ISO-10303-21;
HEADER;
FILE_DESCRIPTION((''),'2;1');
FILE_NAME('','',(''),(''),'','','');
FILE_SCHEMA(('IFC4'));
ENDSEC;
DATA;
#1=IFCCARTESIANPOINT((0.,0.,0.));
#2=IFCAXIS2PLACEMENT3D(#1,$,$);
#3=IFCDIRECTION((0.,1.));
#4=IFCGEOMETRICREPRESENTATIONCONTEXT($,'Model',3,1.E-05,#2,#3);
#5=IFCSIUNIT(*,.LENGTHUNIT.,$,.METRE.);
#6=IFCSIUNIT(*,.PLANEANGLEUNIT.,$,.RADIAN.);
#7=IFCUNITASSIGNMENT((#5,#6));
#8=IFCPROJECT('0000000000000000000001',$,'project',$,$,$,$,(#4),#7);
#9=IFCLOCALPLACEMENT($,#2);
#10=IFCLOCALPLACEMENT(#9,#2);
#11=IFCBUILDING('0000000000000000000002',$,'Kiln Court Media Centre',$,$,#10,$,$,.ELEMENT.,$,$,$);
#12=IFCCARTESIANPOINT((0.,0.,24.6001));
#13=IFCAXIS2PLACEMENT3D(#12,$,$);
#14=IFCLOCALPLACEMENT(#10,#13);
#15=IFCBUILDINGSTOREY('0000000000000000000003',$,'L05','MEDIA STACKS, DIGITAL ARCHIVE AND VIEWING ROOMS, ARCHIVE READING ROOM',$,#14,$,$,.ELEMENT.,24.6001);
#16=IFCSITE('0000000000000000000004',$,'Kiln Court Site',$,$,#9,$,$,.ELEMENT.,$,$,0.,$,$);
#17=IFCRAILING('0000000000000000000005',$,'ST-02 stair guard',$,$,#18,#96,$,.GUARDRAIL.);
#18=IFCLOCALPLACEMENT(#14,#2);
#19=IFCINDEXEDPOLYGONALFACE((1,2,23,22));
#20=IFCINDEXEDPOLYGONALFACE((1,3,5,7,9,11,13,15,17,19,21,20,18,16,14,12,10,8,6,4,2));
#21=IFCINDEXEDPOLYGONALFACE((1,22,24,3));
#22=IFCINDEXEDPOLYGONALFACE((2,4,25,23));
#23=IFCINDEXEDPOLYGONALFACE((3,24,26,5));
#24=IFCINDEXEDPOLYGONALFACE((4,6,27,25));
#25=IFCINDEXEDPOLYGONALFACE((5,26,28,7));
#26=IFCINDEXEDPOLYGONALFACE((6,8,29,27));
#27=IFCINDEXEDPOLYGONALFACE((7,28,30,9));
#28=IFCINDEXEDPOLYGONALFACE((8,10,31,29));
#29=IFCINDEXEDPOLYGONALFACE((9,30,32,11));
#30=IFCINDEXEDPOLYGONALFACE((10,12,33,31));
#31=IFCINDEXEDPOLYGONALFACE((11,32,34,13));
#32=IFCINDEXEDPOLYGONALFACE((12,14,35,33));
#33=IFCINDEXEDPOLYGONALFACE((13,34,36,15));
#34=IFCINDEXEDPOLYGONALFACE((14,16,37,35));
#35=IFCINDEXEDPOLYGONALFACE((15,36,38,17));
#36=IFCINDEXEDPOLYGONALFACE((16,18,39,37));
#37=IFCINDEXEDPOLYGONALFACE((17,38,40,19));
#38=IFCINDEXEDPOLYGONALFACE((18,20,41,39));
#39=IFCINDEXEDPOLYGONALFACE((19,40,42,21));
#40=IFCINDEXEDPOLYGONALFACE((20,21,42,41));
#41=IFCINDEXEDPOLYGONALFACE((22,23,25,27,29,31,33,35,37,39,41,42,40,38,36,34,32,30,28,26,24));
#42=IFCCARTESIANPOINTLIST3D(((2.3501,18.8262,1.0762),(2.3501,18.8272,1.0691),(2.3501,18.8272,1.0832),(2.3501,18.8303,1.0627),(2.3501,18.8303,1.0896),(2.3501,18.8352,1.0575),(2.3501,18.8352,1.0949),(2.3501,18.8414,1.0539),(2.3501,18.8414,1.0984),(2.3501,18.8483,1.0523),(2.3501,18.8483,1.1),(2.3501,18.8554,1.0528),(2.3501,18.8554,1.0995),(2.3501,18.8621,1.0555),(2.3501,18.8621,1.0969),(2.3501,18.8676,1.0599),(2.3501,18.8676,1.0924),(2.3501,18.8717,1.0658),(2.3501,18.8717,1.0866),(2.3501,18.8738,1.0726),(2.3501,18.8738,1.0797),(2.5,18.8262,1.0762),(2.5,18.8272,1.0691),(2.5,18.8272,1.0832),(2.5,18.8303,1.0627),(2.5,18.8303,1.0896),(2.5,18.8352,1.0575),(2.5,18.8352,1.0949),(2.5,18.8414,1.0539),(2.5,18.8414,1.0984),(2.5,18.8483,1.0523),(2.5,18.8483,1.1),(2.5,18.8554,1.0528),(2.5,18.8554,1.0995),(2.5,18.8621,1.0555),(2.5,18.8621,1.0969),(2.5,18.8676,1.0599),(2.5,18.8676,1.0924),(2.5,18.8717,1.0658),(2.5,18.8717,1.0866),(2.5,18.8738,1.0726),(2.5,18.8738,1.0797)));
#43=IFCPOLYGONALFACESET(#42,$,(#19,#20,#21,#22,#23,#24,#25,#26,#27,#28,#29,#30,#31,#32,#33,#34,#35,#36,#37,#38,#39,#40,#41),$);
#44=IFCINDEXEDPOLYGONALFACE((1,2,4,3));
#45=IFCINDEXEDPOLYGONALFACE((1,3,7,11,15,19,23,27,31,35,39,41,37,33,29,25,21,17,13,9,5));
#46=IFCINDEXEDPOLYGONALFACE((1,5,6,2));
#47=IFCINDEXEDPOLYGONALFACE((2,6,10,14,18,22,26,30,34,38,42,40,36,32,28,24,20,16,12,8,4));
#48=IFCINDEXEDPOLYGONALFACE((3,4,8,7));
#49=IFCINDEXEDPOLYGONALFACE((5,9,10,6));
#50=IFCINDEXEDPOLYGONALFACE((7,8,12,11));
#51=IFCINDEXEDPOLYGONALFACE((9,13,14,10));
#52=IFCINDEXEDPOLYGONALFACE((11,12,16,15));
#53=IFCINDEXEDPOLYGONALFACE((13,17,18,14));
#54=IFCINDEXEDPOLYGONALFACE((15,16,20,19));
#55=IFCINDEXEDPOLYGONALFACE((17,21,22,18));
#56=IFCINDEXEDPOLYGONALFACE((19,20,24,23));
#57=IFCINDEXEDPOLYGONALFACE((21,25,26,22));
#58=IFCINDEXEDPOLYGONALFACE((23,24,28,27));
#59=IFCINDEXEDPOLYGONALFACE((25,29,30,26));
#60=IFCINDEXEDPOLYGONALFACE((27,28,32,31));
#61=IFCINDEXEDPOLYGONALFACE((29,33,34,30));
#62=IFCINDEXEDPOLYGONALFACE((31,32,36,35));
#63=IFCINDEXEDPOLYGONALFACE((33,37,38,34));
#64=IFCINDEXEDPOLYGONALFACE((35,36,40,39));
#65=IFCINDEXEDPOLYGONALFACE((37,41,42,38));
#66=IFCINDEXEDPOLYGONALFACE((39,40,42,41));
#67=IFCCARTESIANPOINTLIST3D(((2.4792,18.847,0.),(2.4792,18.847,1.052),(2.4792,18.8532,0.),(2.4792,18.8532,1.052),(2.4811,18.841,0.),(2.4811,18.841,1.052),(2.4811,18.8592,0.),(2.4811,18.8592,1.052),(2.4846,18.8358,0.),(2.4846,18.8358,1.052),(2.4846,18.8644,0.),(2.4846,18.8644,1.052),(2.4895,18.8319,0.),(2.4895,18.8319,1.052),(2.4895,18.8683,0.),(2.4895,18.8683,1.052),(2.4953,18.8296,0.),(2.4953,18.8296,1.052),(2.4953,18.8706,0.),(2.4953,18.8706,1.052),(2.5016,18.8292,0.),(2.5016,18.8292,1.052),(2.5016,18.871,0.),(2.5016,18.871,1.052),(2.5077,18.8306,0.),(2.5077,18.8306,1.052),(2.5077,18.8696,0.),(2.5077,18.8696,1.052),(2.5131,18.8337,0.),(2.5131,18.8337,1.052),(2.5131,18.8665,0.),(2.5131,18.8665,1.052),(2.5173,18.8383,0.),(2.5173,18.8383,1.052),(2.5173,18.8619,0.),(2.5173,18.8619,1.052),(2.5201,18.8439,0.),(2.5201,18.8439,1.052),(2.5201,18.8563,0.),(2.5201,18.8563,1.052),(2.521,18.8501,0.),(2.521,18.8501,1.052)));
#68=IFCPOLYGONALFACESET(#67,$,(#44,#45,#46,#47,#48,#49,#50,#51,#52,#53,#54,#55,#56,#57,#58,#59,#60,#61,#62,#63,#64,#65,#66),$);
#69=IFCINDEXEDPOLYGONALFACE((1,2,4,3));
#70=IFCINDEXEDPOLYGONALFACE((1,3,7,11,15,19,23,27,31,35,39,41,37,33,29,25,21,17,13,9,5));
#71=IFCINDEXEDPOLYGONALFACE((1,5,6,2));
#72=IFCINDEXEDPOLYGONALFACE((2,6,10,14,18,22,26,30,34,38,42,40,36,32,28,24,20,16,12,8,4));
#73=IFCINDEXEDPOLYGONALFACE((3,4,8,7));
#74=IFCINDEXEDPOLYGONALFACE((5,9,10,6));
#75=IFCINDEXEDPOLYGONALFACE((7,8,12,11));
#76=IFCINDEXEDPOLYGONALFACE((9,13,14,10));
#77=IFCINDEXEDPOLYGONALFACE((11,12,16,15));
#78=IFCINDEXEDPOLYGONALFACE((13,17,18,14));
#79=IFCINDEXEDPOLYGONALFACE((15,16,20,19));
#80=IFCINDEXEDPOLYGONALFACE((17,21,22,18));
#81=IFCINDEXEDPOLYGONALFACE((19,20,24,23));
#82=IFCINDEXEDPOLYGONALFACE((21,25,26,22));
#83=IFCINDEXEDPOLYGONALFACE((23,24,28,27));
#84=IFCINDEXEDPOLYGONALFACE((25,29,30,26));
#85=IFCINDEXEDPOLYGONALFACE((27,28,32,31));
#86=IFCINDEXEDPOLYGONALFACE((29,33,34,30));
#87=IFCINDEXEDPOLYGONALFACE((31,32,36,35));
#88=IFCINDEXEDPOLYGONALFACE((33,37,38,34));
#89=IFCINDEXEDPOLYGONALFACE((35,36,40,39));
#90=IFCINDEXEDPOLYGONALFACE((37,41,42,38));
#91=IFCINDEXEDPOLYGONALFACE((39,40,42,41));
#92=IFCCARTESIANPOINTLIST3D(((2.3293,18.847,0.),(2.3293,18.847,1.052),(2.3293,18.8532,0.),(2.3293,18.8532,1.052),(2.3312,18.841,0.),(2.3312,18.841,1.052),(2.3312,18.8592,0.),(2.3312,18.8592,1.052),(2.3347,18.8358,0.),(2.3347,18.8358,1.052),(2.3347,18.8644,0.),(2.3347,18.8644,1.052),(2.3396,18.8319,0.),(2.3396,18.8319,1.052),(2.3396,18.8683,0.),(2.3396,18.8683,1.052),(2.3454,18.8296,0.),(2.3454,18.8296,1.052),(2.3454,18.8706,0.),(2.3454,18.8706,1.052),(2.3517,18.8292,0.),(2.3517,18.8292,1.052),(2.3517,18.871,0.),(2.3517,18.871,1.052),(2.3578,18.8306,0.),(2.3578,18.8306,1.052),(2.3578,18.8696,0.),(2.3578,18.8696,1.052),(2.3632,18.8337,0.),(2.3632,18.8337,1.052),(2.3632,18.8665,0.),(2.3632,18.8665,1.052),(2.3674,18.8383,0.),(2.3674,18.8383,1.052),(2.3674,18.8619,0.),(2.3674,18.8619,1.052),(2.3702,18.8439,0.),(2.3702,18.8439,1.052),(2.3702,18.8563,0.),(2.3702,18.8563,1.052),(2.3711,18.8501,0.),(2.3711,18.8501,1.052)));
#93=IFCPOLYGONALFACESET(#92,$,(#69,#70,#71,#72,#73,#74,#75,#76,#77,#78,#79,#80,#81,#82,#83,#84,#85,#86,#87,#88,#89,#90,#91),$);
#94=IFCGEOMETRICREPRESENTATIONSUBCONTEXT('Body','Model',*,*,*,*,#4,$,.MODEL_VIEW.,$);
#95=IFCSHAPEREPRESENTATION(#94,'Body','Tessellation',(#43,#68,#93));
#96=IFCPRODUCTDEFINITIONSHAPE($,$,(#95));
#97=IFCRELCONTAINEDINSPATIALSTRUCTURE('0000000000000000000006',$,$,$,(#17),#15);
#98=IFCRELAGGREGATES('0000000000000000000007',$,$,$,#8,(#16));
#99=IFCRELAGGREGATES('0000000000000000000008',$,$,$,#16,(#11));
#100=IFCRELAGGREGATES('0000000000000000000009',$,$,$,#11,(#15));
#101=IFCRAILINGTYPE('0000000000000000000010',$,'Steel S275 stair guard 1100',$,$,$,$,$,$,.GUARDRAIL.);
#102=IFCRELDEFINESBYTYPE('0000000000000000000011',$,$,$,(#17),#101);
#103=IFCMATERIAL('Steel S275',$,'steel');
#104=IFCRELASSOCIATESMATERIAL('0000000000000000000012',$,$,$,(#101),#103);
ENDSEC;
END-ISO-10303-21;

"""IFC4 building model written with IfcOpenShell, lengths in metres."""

from ifc_helpers import new_model, si_unit, direction, frame, origin, origin_2d, place, context, subcontext, project, spatial, circle, extrude, material, type_object, element, save


model = new_model("IFC4")

# Units and contexts
model_context = context("Model", 3, precision=1e-05, world=origin(), true_north=direction((0.0, 1.0)))
body_context = subcontext(model_context, "Body", "Model", "MODEL_VIEW")
ifc_project = project(units=[si_unit("LENGTHUNIT", "METRE"), si_unit("PLANEANGLEUNIT", "RADIAN")], contexts=[model_context])

# Site, building, storey
site_placement = place(None, origin())
site = spatial("IfcSite", under=ifc_project, at=site_placement, Name="Kiln Court Site", CompositionType="ELEMENT", RefElevation=0.0)
building_placement = place(site_placement, origin())
building = spatial("IfcBuilding", under=site, at=building_placement, Name="Kiln Court Media Centre", CompositionType="ELEMENT")
storey_placement = place(building_placement, frame((0.0, 0.0, 24.6001)))
storey = spatial("IfcBuildingStorey", under=building, at=storey_placement, Name="L05", Description="MEDIA STACKS, DIGITAL ARCHIVE AND VIEWING ROOMS, ARCHIVE READING ROOM", CompositionType="ELEMENT", Elevation=24.6001)

# Railing
ifc_material_1 = material(Name="Steel S275", Category="steel")
railing_type = type_object("IfcRailingType", Name="Steel S275 stair guard 1100", PredefinedType="GUARDRAIL", material=ifc_material_1)
railing_placement = place(storey_placement, frame((2.5, 18.8501, 0.0)))
element("IfcRailing", 1, at=railing_placement, inside=storey, type_object=railing_type, Name="ST-02 stair guard", PredefinedType="GUARDRAIL", context=body_context, shape_type="SweptSolid", body=[
    extrude(circle(Radius=0.0239, at=origin_2d()), frame((0.0, 0.0, 1.0762), z_axis=(-1.0, 0.0, 0.0), x_axis=(0.0, -1.0, 0.0)), (0.0, 0.0, 1.0), 0.1499),
    extrude(circle(Radius=0.021, at=origin_2d()), origin(), (0.0, 0.0, 1.0), 1.052),
    extrude(circle(Radius=0.021, at=origin_2d()), frame((-0.1499, 0.0, 0.0)), (0.0, 0.0, 1.0), 1.052),
])

save(model, "model.ifc")
